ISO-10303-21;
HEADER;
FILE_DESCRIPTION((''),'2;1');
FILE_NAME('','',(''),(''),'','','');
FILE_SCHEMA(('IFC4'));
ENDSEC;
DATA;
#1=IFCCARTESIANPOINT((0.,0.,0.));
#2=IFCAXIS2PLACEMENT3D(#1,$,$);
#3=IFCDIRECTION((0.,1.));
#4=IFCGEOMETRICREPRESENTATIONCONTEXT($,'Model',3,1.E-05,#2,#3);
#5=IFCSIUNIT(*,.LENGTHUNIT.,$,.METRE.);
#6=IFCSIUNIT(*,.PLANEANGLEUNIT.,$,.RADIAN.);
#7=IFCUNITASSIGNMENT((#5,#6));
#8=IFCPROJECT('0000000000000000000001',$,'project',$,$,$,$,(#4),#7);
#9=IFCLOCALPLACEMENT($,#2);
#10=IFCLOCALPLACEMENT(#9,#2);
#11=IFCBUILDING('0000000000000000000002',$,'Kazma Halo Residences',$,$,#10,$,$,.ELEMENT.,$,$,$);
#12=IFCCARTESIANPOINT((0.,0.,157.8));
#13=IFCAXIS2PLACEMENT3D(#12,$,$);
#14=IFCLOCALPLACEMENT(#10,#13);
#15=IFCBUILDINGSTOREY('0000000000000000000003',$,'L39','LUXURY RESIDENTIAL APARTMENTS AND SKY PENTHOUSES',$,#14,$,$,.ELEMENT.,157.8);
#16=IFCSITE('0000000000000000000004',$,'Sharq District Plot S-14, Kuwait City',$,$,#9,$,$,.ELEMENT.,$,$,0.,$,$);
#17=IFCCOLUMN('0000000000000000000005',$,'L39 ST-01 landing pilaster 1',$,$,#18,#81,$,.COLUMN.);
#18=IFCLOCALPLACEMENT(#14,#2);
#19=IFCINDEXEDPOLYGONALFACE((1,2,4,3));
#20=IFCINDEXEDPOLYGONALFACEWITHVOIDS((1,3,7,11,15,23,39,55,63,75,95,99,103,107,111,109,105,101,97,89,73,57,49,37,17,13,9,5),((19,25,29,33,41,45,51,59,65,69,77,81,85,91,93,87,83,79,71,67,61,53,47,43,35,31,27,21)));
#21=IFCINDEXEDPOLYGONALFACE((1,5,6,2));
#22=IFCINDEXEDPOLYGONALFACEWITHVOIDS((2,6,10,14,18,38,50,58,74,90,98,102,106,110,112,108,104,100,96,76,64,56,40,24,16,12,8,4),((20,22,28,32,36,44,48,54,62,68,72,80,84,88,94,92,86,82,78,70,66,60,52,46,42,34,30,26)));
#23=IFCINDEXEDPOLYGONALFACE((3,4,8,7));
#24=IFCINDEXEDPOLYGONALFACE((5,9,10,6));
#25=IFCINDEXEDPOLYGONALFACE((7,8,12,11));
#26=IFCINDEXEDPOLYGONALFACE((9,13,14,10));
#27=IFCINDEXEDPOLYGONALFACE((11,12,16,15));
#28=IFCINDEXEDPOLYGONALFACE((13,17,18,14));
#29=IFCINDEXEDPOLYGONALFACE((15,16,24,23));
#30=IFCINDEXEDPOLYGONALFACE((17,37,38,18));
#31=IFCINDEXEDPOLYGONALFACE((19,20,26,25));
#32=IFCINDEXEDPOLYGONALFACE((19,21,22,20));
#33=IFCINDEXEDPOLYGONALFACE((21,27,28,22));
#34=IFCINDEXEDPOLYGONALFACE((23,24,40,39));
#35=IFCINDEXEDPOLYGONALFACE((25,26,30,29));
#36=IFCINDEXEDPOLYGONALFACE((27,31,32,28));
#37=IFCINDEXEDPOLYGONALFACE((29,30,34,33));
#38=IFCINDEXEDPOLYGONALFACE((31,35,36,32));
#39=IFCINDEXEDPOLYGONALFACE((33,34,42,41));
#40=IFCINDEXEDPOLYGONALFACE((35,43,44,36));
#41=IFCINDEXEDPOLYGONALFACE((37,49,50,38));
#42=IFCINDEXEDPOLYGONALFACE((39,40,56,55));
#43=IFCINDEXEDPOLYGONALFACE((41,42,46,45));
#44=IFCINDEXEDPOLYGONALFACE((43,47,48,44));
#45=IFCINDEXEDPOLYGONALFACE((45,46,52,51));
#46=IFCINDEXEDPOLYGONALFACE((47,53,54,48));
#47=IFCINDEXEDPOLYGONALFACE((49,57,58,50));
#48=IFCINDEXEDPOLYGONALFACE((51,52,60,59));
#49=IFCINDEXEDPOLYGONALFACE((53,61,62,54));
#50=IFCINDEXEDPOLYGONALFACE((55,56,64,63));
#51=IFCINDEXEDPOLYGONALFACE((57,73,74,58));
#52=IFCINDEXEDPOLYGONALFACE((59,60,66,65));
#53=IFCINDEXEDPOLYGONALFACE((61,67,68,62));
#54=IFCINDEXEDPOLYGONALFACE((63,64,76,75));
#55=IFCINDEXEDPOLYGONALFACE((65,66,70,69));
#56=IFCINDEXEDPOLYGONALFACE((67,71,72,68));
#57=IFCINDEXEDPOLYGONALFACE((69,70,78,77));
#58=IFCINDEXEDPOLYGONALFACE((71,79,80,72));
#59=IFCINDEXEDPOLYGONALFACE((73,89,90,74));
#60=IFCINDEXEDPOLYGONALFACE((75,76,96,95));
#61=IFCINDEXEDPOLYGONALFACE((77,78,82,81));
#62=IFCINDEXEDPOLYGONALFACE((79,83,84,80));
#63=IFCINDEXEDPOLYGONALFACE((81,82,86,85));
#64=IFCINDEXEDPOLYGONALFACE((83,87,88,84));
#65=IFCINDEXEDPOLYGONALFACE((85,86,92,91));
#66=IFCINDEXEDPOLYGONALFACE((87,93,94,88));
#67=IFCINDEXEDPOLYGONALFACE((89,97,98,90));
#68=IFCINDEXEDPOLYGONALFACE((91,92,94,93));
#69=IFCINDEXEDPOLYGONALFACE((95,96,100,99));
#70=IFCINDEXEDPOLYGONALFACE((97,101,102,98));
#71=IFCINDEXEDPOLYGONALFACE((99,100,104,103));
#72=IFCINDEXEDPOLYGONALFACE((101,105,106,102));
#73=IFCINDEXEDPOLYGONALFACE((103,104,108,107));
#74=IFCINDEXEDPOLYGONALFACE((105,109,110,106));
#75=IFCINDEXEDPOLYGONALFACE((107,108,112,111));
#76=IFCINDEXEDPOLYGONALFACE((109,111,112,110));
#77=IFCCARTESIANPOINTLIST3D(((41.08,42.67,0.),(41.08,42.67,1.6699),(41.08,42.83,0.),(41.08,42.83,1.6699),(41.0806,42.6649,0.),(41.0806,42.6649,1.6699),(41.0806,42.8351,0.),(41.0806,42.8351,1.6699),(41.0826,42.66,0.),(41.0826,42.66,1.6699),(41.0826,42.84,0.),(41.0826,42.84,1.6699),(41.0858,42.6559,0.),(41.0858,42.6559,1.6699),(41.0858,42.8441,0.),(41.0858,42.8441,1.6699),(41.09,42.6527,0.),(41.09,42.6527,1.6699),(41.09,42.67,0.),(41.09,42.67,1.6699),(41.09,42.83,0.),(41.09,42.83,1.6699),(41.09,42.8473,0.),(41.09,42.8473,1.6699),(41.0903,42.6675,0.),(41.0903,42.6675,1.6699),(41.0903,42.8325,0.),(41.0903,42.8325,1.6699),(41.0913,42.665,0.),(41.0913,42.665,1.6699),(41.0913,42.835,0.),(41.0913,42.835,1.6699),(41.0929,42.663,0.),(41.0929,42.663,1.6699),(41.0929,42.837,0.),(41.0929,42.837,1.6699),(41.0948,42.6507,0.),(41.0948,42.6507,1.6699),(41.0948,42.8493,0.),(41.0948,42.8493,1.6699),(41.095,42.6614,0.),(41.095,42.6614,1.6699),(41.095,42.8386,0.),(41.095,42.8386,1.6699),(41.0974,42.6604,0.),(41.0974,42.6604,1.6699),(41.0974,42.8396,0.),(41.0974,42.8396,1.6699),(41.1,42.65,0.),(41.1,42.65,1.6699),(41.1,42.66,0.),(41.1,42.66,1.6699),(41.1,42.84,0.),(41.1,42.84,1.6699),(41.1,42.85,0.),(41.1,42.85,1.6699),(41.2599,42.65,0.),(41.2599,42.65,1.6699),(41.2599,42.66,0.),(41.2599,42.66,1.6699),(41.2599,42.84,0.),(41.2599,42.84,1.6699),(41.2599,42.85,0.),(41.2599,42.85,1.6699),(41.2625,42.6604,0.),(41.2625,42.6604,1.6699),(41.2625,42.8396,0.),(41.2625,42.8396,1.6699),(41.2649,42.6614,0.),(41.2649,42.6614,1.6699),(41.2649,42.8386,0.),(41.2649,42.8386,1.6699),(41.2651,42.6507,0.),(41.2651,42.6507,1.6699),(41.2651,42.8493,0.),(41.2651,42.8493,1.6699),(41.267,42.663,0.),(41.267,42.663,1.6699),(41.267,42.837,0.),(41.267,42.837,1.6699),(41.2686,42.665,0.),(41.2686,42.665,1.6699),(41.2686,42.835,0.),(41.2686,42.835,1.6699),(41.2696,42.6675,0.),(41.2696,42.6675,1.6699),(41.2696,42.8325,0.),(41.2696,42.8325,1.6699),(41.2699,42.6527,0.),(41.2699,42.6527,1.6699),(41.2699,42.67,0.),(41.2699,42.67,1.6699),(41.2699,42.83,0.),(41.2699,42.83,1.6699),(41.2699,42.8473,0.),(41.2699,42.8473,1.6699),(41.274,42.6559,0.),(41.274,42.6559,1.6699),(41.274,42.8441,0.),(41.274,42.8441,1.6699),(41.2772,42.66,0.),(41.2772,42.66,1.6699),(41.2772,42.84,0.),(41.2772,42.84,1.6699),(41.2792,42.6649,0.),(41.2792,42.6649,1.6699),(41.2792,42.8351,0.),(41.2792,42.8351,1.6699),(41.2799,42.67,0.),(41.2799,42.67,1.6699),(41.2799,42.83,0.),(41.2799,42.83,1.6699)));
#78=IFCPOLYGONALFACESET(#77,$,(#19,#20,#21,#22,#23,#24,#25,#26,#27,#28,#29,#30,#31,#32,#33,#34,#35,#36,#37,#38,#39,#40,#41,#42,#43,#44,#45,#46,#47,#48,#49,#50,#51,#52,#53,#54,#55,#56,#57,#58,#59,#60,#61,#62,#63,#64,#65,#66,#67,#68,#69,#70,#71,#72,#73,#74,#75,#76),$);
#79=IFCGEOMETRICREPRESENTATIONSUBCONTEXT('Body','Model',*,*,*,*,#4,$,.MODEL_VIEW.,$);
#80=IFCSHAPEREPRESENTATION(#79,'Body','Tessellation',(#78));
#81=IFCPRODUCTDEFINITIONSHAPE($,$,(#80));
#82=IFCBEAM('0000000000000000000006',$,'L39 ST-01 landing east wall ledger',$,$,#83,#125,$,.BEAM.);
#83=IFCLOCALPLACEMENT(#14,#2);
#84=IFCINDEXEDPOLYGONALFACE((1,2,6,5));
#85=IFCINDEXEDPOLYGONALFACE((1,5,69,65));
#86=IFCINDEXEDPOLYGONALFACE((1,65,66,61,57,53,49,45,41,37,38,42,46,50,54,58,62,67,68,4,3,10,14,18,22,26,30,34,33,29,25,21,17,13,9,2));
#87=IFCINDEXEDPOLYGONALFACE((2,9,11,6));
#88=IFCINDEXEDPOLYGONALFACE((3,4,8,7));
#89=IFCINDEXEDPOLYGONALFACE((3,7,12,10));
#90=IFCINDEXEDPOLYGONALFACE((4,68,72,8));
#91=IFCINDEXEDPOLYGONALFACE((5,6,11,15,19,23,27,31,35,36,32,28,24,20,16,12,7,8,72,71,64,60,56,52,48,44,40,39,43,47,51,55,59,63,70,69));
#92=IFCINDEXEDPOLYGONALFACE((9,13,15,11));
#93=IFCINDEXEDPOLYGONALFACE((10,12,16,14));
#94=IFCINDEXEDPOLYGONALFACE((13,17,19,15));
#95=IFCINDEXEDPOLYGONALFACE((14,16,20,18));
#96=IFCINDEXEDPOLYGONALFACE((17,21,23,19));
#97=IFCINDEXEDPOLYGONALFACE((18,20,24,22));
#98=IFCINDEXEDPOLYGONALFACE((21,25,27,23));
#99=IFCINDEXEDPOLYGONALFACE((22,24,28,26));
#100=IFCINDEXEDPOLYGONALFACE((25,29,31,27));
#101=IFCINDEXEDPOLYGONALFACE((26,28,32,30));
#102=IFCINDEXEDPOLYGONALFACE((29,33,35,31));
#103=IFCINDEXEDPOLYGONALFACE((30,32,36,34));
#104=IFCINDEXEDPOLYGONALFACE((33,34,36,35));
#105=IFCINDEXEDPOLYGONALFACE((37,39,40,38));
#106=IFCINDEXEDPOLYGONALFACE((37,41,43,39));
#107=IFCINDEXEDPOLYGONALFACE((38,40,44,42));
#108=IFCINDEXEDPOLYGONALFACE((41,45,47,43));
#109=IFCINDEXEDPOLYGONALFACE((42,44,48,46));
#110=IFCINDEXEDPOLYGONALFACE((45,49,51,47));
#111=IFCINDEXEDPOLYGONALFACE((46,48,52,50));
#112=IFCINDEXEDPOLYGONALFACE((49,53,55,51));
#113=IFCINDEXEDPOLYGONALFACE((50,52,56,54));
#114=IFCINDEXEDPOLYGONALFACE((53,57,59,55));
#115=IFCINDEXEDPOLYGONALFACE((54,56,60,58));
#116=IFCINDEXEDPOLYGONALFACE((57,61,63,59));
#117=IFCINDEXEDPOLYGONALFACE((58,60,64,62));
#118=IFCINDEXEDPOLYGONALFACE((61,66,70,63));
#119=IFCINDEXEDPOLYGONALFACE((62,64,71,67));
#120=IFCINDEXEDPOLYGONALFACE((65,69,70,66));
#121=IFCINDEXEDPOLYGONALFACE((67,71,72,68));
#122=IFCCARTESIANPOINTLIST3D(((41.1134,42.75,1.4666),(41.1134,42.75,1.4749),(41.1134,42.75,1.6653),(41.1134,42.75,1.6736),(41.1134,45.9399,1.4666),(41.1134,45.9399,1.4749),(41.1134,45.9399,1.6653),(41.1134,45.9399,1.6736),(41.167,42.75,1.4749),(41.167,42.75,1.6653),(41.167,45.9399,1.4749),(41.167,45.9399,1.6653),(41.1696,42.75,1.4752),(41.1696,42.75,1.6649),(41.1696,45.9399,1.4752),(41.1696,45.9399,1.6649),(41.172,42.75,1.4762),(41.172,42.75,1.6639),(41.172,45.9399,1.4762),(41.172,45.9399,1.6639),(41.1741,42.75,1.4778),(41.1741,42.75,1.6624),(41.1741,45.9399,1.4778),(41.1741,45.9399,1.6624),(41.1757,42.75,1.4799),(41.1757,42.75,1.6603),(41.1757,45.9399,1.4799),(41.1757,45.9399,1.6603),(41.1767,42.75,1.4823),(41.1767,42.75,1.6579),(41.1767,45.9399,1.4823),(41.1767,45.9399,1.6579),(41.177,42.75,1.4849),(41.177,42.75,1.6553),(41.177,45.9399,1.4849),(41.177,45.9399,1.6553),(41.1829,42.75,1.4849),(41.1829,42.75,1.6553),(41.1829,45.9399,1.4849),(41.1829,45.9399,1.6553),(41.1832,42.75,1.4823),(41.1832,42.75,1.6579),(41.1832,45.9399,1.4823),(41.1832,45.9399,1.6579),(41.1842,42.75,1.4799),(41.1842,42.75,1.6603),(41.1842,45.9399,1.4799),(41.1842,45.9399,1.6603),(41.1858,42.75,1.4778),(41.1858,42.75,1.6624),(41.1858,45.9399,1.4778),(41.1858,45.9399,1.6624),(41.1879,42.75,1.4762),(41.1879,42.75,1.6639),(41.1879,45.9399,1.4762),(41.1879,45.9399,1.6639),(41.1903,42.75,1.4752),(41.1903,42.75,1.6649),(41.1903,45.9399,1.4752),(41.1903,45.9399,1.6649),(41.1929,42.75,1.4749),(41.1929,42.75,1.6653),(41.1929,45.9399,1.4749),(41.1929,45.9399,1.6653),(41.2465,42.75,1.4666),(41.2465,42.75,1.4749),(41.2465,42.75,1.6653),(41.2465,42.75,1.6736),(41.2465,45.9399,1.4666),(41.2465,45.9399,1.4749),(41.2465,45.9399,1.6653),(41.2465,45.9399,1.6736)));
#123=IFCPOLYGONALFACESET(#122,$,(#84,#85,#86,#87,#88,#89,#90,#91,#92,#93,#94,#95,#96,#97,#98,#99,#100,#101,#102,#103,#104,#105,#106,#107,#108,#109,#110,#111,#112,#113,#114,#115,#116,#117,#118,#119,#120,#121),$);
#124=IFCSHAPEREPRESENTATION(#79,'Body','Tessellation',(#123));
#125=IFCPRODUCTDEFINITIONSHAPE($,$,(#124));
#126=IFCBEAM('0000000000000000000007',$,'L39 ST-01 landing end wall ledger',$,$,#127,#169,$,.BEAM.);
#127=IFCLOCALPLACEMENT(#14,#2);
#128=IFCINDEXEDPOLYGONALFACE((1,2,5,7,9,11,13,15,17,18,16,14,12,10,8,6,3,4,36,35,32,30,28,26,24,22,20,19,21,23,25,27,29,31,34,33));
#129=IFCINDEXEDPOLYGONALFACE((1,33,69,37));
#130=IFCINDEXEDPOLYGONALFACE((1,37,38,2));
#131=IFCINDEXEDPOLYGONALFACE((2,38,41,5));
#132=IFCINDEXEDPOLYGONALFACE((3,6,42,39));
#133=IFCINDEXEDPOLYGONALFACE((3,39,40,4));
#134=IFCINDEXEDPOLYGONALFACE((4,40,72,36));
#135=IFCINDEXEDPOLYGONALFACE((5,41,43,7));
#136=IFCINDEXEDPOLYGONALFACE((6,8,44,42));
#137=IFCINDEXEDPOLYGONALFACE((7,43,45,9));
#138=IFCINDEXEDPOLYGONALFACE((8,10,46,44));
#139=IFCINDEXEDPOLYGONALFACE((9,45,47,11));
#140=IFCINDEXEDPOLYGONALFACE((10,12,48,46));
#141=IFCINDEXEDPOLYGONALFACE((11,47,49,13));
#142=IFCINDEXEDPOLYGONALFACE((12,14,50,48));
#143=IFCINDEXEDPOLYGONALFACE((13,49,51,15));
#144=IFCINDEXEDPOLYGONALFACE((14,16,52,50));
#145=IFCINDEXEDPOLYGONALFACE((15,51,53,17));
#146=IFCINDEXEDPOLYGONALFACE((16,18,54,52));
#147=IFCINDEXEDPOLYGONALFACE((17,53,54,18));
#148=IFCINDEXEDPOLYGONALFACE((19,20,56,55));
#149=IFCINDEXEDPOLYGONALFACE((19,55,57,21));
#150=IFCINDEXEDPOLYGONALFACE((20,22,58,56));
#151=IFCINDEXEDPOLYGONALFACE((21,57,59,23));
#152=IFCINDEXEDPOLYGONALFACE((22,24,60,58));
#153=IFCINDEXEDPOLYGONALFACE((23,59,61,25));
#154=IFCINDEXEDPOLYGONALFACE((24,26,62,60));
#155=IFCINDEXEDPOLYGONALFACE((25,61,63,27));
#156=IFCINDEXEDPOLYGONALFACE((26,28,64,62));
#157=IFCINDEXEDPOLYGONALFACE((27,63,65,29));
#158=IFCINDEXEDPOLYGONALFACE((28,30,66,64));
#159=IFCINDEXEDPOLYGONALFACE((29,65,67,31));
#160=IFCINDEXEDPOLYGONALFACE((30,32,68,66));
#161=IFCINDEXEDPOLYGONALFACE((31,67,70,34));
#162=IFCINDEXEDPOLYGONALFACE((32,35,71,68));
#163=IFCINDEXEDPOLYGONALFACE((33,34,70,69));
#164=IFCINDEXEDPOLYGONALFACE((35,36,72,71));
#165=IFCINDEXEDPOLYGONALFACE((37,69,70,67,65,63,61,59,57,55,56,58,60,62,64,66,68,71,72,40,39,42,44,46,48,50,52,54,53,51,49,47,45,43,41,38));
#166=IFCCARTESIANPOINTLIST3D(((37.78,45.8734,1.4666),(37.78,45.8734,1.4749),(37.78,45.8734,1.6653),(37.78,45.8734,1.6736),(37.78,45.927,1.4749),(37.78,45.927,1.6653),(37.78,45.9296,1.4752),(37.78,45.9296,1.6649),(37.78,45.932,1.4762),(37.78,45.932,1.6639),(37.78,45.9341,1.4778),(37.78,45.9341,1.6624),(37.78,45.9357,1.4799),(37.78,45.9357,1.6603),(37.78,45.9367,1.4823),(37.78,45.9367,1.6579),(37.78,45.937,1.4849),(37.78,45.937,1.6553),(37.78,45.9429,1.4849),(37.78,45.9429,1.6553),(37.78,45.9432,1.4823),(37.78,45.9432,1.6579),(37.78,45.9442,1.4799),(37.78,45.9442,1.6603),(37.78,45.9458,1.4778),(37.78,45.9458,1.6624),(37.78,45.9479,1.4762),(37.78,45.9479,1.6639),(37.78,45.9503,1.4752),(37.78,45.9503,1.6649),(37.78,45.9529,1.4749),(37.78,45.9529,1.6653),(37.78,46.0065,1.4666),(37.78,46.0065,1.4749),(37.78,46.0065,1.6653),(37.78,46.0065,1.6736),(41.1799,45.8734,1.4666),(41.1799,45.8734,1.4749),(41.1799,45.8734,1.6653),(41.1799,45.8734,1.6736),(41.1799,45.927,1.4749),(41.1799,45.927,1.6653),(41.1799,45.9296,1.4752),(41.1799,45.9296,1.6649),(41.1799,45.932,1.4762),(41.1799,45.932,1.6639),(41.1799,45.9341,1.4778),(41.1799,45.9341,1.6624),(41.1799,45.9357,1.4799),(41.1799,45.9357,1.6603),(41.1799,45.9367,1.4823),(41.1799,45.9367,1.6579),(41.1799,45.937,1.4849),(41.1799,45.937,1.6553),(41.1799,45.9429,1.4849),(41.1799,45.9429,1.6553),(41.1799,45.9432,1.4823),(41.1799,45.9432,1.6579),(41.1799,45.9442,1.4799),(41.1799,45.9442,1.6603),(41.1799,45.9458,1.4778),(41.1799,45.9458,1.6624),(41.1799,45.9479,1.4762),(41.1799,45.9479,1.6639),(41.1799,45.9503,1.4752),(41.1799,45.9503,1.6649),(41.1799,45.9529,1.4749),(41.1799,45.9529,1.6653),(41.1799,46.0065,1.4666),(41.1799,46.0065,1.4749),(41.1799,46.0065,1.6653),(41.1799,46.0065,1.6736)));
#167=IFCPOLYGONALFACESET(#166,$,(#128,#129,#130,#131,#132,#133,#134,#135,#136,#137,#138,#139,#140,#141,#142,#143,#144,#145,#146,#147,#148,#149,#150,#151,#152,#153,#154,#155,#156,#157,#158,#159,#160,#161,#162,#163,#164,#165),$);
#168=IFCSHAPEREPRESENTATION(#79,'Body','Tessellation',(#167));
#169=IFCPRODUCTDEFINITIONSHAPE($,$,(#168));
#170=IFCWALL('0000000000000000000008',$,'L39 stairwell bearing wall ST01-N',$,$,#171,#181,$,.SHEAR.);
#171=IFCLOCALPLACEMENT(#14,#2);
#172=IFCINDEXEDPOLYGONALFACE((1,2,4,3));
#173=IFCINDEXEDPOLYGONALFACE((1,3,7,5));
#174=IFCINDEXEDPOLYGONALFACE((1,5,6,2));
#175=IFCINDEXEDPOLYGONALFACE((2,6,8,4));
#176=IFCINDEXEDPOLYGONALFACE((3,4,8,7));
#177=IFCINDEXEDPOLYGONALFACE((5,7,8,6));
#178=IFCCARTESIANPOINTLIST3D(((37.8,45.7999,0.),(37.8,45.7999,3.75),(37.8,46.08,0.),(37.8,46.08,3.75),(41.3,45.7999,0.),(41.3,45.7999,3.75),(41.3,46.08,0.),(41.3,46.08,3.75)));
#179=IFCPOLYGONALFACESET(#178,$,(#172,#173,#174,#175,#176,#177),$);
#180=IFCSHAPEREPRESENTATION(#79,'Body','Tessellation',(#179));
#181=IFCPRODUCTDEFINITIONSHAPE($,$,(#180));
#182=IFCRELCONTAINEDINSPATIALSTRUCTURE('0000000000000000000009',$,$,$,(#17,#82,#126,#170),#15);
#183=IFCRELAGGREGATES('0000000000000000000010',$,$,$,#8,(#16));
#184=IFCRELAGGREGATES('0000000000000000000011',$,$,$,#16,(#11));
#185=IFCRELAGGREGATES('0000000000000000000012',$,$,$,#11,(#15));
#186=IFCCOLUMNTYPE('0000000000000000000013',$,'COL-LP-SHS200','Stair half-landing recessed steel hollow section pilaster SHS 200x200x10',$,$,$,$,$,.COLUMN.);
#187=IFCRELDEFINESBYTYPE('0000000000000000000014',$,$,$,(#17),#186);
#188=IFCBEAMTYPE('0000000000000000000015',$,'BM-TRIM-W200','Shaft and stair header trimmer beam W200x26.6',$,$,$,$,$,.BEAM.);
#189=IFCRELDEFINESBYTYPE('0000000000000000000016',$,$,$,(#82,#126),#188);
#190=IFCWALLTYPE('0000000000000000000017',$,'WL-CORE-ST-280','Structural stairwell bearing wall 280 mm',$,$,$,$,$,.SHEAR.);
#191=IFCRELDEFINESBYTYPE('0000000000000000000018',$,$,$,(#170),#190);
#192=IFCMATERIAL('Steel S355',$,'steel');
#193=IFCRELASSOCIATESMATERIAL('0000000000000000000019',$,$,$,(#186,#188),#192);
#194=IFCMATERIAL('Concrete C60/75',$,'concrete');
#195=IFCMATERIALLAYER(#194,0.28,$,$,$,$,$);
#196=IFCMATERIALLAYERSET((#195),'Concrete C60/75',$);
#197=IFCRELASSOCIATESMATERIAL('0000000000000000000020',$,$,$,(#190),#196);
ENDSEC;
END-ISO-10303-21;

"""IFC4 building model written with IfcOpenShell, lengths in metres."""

from ifc_helpers import new_model, si_unit, direction, frame, frame_2d, origin, origin_2d, place, context, subcontext, project, spatial, rectangle, hollow_rectangle, i_section, extrude, material, layer, layer_set, material_profile, profile_set, type_object, element, save


model = new_model("IFC4")

# Units and contexts
model_context = context("Model", 3, precision=1e-05, world=origin(), true_north=direction((0.0, 1.0)))
body_context = subcontext(model_context, "Body", "Model", "MODEL_VIEW")
ifc_project = project(units=[si_unit("LENGTHUNIT", "METRE"), si_unit("PLANEANGLEUNIT", "RADIAN")], contexts=[model_context])

# Site, building, storey
site_placement = place(None, origin())
site = spatial("IfcSite", under=ifc_project, at=site_placement, Name="Sharq District Plot S-14, Kuwait City", CompositionType="ELEMENT", RefElevation=0.0)
building_placement = place(site_placement, origin())
building = spatial("IfcBuilding", under=site, at=building_placement, Name="Kazma Halo Residences", CompositionType="ELEMENT")
storey_placement = place(building_placement, frame((0.0, 0.0, 157.8)))
storey = spatial("IfcBuildingStorey", under=building, at=storey_placement, Name="L39", Description="LUXURY RESIDENTIAL APARTMENTS AND SKY PENTHOUSES", CompositionType="ELEMENT", Elevation=157.8)

# Column
ifc_material_1 = material(Name="Steel S355", Category="steel")
ifc_material_profile_1 = material_profile(ifc_material_1, hollow_rectangle(XDim=0.2, YDim=0.2, WallThickness=0.01, InnerFilletRadius=0.01, OuterFilletRadius=0.02, at=origin_2d()), Name="SHS200x200x10")
ifc_profile_set_1 = profile_set([ifc_material_profile_1], Name="Steel S355")
column_type = type_object("IfcColumnType", Name="COL-LP-SHS200", Description="Stair half-landing recessed steel hollow section pilaster SHS 200x200x10", PredefinedType="COLUMN", material=ifc_profile_set_1)
column_placement = place(storey_placement, frame((41.1799, 42.75, 0.0), z_axis=(0.0, 0.0, 1.0), x_axis=(1.0, 0.0, 0.0)))
element("IfcColumn", 1, at=column_placement, inside=storey, type_object=column_type, Name="L39 ST-01 landing pilaster 1", PredefinedType="COLUMN", context=body_context, shape_type="SweptSolid", body=[
    extrude(hollow_rectangle(XDim=0.2, YDim=0.2, WallThickness=0.01, InnerFilletRadius=0.01, OuterFilletRadius=0.02, at=origin_2d()), origin(), (0.0, 0.0, 1.0), 1.6699),
])

# Beams
ifc_material_profile_2 = material_profile(ifc_material_1, i_section(OverallWidth=0.1331, OverallDepth=0.207, WebThickness=0.0059, FlangeThickness=0.0083, FilletRadius=0.01, at=origin_2d()), Name="W200x26.6")
ifc_profile_set_2 = profile_set([ifc_material_profile_2], Name="Steel S355")
beam_type = type_object("IfcBeamType", Name="BM-TRIM-W200", Description="Shaft and stair header trimmer beam W200x26.6", PredefinedType="BEAM", material=ifc_profile_set_2)
beam_1_placement = place(storey_placement, frame((41.1799, 42.75, 1.5701), z_axis=(0.0, 1.0, 0.0), x_axis=(-1.0, 0.0, 0.0)))
element("IfcBeam", 2, at=beam_1_placement, inside=storey, type_object=beam_type, Name="L39 ST-01 landing east wall ledger", PredefinedType="BEAM", context=body_context, shape_type="SweptSolid", body=[
    extrude(i_section(OverallWidth=0.1331, OverallDepth=0.207, WebThickness=0.0059, FlangeThickness=0.0083, FilletRadius=0.01, at=origin_2d()), origin(), (0.0, 0.0, 1.0), 3.1899),
])
beam_2_placement = place(storey_placement, frame((37.78, 45.9399, 1.5701), z_axis=(1.0, 0.0, 0.0), x_axis=(0.0, 1.0, 0.0)))
element("IfcBeam", 3, at=beam_2_placement, inside=storey, type_object=beam_type, Name="L39 ST-01 landing end wall ledger", PredefinedType="BEAM", context=body_context, shape_type="SweptSolid", body=[
    extrude(i_section(OverallWidth=0.1331, OverallDepth=0.207, WebThickness=0.0059, FlangeThickness=0.0083, FilletRadius=0.01, at=origin_2d()), origin(), (0.0, 0.0, 1.0), 3.3999),
])

# Wall
ifc_material_2 = material(Name="Concrete C60/75", Category="concrete")
ifc_layer_1 = layer(ifc_material_2, 0.28)
ifc_layer_set_1 = layer_set([ifc_layer_1], Name="Concrete C60/75")
wall_type_1 = type_object("IfcWallType", Name="WL-CORE-ST-280", Description="Structural stairwell bearing wall 280 mm", PredefinedType="SHEAR", material=ifc_layer_set_1)
wall_1_placement = place(storey_placement, frame((37.8, 45.9399, 0.0), z_axis=(0.0, 0.0, 1.0), x_axis=(1.0, 0.0, 0.0)))
element("IfcWall", 4, at=wall_1_placement, inside=storey, type_object=wall_type_1, Name="L39 stairwell bearing wall ST01-N", PredefinedType="SHEAR", context=body_context, shape_type="SweptSolid", body=[
    extrude(rectangle(XDim=3.5, YDim=0.28, at=frame_2d((1.75, 0.0))), origin(), (0.0, 0.0, 1.0), 3.75),
])

save(model, "model.ifc")
